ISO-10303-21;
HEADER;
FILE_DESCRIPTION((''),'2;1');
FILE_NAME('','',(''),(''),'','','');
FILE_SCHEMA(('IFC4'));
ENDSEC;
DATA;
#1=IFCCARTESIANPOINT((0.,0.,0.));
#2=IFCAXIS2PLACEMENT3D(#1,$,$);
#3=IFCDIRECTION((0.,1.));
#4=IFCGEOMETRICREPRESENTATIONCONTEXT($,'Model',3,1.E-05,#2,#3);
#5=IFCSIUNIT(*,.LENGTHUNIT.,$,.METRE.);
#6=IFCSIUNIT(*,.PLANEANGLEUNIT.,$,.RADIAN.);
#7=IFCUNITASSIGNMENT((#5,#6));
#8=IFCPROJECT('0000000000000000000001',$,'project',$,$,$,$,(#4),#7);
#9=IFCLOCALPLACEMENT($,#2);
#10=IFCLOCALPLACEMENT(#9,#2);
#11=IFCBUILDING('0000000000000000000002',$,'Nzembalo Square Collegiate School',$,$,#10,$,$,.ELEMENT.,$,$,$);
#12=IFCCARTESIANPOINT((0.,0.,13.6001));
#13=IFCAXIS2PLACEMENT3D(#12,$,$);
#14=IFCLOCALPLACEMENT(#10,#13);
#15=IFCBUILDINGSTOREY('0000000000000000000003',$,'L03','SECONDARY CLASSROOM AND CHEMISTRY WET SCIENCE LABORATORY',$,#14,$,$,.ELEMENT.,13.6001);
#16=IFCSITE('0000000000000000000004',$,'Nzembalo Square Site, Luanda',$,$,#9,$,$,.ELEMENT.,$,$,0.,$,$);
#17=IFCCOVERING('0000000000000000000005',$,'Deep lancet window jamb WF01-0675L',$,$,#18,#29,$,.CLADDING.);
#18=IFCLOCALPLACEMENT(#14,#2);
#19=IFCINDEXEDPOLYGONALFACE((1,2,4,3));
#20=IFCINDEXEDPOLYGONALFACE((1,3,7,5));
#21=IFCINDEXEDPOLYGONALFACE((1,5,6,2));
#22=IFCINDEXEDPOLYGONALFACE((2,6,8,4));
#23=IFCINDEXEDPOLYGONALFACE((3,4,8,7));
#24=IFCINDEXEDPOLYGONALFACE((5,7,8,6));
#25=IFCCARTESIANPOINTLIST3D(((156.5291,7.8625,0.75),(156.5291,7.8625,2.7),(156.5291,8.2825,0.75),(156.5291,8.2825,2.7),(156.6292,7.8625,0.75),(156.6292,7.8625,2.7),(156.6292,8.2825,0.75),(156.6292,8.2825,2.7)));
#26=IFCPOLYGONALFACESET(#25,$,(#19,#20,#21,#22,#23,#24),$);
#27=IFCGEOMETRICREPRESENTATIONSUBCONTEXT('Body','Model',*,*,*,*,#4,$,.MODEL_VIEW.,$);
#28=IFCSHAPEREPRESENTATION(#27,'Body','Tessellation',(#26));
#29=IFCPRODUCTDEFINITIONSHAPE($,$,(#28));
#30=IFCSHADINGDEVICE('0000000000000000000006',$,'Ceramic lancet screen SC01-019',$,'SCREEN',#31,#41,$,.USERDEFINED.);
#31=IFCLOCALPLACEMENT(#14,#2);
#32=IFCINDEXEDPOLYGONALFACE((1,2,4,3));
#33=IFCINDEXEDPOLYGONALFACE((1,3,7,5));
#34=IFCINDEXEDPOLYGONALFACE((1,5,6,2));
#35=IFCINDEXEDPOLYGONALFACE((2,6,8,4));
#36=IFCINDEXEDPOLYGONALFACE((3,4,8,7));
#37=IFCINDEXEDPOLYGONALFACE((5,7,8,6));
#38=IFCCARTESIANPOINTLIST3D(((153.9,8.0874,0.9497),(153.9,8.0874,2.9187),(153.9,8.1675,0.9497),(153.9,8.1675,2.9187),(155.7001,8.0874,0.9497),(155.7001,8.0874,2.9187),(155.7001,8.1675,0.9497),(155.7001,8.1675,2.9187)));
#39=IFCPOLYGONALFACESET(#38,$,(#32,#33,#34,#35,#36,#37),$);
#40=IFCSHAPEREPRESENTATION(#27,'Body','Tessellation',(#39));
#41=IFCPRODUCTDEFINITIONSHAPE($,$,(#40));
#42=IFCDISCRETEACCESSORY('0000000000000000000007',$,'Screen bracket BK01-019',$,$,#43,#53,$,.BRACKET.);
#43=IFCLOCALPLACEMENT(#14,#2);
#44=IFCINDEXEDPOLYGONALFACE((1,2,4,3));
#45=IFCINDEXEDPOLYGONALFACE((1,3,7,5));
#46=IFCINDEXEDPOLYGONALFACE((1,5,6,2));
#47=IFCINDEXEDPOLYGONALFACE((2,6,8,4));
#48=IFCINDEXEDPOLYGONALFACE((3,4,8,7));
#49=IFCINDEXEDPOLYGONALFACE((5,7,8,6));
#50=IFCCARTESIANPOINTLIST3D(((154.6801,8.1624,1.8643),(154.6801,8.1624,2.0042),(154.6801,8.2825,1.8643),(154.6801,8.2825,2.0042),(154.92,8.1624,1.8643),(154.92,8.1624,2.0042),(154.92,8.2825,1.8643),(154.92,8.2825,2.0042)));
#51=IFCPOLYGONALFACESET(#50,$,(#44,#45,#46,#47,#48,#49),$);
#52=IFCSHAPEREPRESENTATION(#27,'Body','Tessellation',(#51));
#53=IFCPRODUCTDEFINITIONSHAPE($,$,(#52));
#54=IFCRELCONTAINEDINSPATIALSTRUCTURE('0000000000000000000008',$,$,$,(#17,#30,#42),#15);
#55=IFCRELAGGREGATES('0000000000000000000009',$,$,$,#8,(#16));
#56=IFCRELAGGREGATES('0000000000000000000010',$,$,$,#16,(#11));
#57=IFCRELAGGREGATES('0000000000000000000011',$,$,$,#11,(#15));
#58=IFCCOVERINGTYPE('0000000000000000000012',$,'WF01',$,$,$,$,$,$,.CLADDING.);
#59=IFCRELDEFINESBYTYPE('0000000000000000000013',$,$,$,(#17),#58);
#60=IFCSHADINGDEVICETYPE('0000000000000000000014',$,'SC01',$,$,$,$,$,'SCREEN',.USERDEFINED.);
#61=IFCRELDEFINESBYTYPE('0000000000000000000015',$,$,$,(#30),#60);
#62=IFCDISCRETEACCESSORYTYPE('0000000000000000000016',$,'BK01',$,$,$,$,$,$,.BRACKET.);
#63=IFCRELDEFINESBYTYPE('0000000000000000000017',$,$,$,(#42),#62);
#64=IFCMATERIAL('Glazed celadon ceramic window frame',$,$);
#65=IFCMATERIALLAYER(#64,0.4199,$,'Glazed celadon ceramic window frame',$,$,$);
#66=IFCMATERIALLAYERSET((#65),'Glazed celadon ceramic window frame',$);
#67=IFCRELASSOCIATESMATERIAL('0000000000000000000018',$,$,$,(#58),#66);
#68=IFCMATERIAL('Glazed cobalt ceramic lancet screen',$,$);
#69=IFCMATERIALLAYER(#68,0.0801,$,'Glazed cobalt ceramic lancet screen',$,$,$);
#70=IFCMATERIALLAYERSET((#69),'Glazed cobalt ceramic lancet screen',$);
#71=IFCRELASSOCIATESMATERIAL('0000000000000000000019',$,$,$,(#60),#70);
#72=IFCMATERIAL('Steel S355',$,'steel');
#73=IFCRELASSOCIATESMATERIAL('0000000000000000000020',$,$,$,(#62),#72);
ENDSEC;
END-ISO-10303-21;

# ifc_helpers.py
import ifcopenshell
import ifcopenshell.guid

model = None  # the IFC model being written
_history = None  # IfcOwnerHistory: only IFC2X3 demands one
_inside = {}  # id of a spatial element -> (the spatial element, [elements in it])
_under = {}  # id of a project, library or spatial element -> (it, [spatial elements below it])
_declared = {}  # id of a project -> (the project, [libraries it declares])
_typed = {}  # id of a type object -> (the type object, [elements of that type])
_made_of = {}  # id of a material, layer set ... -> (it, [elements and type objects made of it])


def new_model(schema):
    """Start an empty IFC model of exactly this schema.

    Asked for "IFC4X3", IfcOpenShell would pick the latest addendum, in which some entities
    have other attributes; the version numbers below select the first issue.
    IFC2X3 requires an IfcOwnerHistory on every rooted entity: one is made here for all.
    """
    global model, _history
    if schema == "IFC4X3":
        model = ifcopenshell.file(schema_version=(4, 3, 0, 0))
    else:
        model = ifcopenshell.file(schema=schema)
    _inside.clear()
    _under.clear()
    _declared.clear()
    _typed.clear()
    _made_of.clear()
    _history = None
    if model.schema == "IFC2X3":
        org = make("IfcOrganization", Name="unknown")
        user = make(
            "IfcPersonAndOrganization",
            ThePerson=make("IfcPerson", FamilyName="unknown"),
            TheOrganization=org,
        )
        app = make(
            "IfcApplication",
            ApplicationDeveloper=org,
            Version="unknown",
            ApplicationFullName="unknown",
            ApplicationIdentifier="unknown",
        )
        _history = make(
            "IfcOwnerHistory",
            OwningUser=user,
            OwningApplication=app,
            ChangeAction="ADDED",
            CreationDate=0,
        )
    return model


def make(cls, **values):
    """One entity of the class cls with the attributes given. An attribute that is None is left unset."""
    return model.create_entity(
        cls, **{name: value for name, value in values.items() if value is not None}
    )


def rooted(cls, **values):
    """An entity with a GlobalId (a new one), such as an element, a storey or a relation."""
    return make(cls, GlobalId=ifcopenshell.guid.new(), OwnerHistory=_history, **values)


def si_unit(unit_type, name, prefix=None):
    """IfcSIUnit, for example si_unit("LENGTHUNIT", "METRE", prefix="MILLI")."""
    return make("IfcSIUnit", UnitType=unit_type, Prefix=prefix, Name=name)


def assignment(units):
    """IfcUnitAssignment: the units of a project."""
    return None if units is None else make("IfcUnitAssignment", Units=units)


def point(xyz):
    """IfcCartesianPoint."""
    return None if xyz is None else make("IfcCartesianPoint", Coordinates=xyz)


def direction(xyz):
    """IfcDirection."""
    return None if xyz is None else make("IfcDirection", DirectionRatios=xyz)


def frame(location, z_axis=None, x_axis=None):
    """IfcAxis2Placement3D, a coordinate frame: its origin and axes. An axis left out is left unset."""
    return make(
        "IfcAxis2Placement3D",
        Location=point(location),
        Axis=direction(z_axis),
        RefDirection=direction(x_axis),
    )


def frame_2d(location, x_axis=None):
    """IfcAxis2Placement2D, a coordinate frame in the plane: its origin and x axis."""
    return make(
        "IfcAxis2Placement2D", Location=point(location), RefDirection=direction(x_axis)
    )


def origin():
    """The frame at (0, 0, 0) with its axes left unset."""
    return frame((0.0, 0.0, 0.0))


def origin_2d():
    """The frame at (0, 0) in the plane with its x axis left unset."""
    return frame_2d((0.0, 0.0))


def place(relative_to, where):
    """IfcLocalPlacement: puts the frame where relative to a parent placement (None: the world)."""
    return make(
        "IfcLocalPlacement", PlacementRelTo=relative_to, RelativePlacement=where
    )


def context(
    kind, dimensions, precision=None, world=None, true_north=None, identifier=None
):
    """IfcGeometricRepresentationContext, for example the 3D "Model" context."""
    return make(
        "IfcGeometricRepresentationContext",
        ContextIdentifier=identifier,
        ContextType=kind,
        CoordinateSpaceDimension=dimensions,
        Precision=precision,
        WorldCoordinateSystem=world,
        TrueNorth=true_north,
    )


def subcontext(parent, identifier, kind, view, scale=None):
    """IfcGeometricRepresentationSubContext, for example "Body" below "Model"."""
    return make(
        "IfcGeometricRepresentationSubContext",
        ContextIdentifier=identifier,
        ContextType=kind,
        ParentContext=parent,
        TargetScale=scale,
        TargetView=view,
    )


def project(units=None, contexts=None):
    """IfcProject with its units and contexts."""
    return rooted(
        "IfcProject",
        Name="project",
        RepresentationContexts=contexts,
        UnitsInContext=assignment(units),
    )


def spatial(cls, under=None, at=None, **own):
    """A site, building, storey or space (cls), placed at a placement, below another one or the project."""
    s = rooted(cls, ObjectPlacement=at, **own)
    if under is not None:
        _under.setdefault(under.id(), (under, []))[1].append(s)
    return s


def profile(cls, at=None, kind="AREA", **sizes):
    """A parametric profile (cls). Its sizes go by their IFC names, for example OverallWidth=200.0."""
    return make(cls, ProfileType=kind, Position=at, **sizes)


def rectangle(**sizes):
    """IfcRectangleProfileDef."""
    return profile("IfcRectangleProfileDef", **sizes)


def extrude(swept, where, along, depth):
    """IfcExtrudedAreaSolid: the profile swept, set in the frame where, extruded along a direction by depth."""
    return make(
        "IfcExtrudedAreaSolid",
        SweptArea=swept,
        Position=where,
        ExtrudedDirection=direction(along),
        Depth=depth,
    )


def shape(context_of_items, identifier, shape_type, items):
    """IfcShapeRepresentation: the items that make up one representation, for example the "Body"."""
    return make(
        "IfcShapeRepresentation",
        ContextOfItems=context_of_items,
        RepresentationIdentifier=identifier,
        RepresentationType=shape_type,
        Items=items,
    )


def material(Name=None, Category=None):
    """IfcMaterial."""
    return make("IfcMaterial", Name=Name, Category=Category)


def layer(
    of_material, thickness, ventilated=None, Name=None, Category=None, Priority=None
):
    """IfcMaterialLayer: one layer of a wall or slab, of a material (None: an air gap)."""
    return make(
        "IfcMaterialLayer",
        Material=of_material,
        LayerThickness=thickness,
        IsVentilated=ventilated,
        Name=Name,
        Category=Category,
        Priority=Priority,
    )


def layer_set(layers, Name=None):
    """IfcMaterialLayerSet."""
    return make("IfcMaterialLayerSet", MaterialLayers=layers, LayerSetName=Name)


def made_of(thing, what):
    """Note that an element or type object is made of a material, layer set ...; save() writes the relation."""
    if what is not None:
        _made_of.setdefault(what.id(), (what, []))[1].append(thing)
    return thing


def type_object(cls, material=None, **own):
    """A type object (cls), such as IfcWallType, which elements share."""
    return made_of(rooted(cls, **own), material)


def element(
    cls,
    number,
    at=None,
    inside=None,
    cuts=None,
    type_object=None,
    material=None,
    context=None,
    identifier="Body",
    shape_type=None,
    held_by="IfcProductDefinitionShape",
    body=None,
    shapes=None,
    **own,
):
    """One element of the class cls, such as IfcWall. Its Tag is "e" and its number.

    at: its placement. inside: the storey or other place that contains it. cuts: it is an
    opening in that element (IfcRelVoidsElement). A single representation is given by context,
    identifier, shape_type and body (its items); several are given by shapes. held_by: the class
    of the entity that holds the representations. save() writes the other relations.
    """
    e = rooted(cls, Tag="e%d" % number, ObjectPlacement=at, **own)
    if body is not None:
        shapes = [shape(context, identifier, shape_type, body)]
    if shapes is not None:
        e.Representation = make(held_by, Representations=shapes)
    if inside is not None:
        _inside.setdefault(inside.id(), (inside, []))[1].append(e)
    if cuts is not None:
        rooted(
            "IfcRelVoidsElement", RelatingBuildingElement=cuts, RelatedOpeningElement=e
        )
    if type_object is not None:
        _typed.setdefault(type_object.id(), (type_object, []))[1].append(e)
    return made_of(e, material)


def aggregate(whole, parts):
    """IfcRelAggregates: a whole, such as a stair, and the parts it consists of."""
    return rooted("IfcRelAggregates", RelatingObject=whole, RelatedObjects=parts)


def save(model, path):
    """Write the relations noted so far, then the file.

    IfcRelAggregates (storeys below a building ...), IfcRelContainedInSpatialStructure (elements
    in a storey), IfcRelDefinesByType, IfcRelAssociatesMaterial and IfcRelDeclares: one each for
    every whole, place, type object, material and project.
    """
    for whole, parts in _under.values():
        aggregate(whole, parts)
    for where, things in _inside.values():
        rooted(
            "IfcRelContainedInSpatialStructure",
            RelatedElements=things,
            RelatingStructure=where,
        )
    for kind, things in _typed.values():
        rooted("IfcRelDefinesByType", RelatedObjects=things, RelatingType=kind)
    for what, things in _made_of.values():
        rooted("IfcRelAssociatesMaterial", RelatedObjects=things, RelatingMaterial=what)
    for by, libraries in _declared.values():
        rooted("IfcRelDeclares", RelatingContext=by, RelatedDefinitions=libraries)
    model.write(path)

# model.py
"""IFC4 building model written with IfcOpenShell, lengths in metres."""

from ifc_helpers import new_model, si_unit, direction, frame, origin, origin_2d, place, context, subcontext, project, spatial, rectangle, extrude, material, layer, layer_set, type_object, element, save


model = new_model("IFC4")

# Units and contexts
model_context = context("Model", 3, precision=1e-05, world=origin(), true_north=direction((0.0, 1.0)))
body_context = subcontext(model_context, "Body", "Model", "MODEL_VIEW")
ifc_project = project(units=[si_unit("LENGTHUNIT", "METRE"), si_unit("PLANEANGLEUNIT", "RADIAN")], contexts=[model_context])

# Site, building, storey
site_placement = place(None, origin())
site = spatial("IfcSite", under=ifc_project, at=site_placement, Name="Nzembalo Square Site, Luanda", CompositionType="ELEMENT", RefElevation=0.0)
building_placement = place(site_placement, origin())
building = spatial("IfcBuilding", under=site, at=building_placement, Name="Nzembalo Square Collegiate School", CompositionType="ELEMENT")
storey_placement = place(building_placement, frame((0.0, 0.0, 13.6001)))
storey = spatial("IfcBuildingStorey", under=building, at=storey_placement, Name="L03", Description="SECONDARY CLASSROOM AND CHEMISTRY WET SCIENCE LABORATORY", CompositionType="ELEMENT", Elevation=13.6001)

# Covering
ifc_material_1 = material(Name="Glazed celadon ceramic window frame")
ifc_layer_1 = layer(ifc_material_1, 0.4199, Name="Glazed celadon ceramic window frame")
ifc_layer_set_1 = layer_set([ifc_layer_1], Name="Glazed celadon ceramic window frame")
covering_type_1 = type_object("IfcCoveringType", Name="WF01", PredefinedType="CLADDING", material=ifc_layer_set_1)
covering_1_placement = place(storey_placement, frame((156.5791, 8.0725, 0.75), z_axis=(0.0, 0.0, 1.0), x_axis=(1.0, 0.0, 0.0)))
element("IfcCovering", 1, at=covering_1_placement, inside=storey, type_object=covering_type_1, Name="Deep lancet window jamb WF01-0675L", PredefinedType="CLADDING", context=body_context, shape_type="SweptSolid", body=[
    extrude(rectangle(XDim=0.1001, YDim=0.4199, at=origin_2d()), origin(), (0.0, 0.0, 1.0), 1.95),
])

# Shading device
ifc_material_2 = material(Name="Glazed cobalt ceramic lancet screen")
ifc_layer_2 = layer(ifc_material_2, 0.0801, Name="Glazed cobalt ceramic lancet screen")
ifc_layer_set_2 = layer_set([ifc_layer_2], Name="Glazed cobalt ceramic lancet screen")
shading_device_type = type_object("IfcShadingDeviceType", Name="SC01", ElementType="SCREEN", PredefinedType="USERDEFINED", material=ifc_layer_set_2)
shading_device_placement = place(storey_placement, frame((154.8, 8.1274, 0.9497), z_axis=(0.0, 0.0, 1.0), x_axis=(1.0, 0.0, 0.0)))
element("IfcShadingDevice", 2, at=shading_device_placement, inside=storey, type_object=shading_device_type, Name="Ceramic lancet screen SC01-019", ObjectType="SCREEN", PredefinedType="USERDEFINED", context=body_context, shape_type="SweptSolid", body=[
    extrude(rectangle(XDim=1.8, YDim=0.0801, at=origin_2d()), origin(), (0.0, 0.0, 1.0), 1.969),
])

# Discrete accessory
ifc_material_3 = material(Name="Steel S355", Category="steel")
discrete_accessory_type = type_object("IfcDiscreteAccessoryType", Name="BK01", PredefinedType="BRACKET", material=ifc_material_3)
discrete_accessory_placement = place(storey_placement, frame((154.8, 8.2224, 1.8643), z_axis=(0.0, 0.0, 1.0), x_axis=(1.0, 0.0, 0.0)))
element("IfcDiscreteAccessory", 3, at=discrete_accessory_placement, inside=storey, type_object=discrete_accessory_type, Name="Screen bracket BK01-019", PredefinedType="BRACKET", context=body_context, shape_type="SweptSolid", body=[
    extrude(rectangle(XDim=0.24, YDim=0.1201, at=origin_2d()), origin(), (0.0, 0.0, 1.0), 0.1399),
])

save(model, "model.ifc")
